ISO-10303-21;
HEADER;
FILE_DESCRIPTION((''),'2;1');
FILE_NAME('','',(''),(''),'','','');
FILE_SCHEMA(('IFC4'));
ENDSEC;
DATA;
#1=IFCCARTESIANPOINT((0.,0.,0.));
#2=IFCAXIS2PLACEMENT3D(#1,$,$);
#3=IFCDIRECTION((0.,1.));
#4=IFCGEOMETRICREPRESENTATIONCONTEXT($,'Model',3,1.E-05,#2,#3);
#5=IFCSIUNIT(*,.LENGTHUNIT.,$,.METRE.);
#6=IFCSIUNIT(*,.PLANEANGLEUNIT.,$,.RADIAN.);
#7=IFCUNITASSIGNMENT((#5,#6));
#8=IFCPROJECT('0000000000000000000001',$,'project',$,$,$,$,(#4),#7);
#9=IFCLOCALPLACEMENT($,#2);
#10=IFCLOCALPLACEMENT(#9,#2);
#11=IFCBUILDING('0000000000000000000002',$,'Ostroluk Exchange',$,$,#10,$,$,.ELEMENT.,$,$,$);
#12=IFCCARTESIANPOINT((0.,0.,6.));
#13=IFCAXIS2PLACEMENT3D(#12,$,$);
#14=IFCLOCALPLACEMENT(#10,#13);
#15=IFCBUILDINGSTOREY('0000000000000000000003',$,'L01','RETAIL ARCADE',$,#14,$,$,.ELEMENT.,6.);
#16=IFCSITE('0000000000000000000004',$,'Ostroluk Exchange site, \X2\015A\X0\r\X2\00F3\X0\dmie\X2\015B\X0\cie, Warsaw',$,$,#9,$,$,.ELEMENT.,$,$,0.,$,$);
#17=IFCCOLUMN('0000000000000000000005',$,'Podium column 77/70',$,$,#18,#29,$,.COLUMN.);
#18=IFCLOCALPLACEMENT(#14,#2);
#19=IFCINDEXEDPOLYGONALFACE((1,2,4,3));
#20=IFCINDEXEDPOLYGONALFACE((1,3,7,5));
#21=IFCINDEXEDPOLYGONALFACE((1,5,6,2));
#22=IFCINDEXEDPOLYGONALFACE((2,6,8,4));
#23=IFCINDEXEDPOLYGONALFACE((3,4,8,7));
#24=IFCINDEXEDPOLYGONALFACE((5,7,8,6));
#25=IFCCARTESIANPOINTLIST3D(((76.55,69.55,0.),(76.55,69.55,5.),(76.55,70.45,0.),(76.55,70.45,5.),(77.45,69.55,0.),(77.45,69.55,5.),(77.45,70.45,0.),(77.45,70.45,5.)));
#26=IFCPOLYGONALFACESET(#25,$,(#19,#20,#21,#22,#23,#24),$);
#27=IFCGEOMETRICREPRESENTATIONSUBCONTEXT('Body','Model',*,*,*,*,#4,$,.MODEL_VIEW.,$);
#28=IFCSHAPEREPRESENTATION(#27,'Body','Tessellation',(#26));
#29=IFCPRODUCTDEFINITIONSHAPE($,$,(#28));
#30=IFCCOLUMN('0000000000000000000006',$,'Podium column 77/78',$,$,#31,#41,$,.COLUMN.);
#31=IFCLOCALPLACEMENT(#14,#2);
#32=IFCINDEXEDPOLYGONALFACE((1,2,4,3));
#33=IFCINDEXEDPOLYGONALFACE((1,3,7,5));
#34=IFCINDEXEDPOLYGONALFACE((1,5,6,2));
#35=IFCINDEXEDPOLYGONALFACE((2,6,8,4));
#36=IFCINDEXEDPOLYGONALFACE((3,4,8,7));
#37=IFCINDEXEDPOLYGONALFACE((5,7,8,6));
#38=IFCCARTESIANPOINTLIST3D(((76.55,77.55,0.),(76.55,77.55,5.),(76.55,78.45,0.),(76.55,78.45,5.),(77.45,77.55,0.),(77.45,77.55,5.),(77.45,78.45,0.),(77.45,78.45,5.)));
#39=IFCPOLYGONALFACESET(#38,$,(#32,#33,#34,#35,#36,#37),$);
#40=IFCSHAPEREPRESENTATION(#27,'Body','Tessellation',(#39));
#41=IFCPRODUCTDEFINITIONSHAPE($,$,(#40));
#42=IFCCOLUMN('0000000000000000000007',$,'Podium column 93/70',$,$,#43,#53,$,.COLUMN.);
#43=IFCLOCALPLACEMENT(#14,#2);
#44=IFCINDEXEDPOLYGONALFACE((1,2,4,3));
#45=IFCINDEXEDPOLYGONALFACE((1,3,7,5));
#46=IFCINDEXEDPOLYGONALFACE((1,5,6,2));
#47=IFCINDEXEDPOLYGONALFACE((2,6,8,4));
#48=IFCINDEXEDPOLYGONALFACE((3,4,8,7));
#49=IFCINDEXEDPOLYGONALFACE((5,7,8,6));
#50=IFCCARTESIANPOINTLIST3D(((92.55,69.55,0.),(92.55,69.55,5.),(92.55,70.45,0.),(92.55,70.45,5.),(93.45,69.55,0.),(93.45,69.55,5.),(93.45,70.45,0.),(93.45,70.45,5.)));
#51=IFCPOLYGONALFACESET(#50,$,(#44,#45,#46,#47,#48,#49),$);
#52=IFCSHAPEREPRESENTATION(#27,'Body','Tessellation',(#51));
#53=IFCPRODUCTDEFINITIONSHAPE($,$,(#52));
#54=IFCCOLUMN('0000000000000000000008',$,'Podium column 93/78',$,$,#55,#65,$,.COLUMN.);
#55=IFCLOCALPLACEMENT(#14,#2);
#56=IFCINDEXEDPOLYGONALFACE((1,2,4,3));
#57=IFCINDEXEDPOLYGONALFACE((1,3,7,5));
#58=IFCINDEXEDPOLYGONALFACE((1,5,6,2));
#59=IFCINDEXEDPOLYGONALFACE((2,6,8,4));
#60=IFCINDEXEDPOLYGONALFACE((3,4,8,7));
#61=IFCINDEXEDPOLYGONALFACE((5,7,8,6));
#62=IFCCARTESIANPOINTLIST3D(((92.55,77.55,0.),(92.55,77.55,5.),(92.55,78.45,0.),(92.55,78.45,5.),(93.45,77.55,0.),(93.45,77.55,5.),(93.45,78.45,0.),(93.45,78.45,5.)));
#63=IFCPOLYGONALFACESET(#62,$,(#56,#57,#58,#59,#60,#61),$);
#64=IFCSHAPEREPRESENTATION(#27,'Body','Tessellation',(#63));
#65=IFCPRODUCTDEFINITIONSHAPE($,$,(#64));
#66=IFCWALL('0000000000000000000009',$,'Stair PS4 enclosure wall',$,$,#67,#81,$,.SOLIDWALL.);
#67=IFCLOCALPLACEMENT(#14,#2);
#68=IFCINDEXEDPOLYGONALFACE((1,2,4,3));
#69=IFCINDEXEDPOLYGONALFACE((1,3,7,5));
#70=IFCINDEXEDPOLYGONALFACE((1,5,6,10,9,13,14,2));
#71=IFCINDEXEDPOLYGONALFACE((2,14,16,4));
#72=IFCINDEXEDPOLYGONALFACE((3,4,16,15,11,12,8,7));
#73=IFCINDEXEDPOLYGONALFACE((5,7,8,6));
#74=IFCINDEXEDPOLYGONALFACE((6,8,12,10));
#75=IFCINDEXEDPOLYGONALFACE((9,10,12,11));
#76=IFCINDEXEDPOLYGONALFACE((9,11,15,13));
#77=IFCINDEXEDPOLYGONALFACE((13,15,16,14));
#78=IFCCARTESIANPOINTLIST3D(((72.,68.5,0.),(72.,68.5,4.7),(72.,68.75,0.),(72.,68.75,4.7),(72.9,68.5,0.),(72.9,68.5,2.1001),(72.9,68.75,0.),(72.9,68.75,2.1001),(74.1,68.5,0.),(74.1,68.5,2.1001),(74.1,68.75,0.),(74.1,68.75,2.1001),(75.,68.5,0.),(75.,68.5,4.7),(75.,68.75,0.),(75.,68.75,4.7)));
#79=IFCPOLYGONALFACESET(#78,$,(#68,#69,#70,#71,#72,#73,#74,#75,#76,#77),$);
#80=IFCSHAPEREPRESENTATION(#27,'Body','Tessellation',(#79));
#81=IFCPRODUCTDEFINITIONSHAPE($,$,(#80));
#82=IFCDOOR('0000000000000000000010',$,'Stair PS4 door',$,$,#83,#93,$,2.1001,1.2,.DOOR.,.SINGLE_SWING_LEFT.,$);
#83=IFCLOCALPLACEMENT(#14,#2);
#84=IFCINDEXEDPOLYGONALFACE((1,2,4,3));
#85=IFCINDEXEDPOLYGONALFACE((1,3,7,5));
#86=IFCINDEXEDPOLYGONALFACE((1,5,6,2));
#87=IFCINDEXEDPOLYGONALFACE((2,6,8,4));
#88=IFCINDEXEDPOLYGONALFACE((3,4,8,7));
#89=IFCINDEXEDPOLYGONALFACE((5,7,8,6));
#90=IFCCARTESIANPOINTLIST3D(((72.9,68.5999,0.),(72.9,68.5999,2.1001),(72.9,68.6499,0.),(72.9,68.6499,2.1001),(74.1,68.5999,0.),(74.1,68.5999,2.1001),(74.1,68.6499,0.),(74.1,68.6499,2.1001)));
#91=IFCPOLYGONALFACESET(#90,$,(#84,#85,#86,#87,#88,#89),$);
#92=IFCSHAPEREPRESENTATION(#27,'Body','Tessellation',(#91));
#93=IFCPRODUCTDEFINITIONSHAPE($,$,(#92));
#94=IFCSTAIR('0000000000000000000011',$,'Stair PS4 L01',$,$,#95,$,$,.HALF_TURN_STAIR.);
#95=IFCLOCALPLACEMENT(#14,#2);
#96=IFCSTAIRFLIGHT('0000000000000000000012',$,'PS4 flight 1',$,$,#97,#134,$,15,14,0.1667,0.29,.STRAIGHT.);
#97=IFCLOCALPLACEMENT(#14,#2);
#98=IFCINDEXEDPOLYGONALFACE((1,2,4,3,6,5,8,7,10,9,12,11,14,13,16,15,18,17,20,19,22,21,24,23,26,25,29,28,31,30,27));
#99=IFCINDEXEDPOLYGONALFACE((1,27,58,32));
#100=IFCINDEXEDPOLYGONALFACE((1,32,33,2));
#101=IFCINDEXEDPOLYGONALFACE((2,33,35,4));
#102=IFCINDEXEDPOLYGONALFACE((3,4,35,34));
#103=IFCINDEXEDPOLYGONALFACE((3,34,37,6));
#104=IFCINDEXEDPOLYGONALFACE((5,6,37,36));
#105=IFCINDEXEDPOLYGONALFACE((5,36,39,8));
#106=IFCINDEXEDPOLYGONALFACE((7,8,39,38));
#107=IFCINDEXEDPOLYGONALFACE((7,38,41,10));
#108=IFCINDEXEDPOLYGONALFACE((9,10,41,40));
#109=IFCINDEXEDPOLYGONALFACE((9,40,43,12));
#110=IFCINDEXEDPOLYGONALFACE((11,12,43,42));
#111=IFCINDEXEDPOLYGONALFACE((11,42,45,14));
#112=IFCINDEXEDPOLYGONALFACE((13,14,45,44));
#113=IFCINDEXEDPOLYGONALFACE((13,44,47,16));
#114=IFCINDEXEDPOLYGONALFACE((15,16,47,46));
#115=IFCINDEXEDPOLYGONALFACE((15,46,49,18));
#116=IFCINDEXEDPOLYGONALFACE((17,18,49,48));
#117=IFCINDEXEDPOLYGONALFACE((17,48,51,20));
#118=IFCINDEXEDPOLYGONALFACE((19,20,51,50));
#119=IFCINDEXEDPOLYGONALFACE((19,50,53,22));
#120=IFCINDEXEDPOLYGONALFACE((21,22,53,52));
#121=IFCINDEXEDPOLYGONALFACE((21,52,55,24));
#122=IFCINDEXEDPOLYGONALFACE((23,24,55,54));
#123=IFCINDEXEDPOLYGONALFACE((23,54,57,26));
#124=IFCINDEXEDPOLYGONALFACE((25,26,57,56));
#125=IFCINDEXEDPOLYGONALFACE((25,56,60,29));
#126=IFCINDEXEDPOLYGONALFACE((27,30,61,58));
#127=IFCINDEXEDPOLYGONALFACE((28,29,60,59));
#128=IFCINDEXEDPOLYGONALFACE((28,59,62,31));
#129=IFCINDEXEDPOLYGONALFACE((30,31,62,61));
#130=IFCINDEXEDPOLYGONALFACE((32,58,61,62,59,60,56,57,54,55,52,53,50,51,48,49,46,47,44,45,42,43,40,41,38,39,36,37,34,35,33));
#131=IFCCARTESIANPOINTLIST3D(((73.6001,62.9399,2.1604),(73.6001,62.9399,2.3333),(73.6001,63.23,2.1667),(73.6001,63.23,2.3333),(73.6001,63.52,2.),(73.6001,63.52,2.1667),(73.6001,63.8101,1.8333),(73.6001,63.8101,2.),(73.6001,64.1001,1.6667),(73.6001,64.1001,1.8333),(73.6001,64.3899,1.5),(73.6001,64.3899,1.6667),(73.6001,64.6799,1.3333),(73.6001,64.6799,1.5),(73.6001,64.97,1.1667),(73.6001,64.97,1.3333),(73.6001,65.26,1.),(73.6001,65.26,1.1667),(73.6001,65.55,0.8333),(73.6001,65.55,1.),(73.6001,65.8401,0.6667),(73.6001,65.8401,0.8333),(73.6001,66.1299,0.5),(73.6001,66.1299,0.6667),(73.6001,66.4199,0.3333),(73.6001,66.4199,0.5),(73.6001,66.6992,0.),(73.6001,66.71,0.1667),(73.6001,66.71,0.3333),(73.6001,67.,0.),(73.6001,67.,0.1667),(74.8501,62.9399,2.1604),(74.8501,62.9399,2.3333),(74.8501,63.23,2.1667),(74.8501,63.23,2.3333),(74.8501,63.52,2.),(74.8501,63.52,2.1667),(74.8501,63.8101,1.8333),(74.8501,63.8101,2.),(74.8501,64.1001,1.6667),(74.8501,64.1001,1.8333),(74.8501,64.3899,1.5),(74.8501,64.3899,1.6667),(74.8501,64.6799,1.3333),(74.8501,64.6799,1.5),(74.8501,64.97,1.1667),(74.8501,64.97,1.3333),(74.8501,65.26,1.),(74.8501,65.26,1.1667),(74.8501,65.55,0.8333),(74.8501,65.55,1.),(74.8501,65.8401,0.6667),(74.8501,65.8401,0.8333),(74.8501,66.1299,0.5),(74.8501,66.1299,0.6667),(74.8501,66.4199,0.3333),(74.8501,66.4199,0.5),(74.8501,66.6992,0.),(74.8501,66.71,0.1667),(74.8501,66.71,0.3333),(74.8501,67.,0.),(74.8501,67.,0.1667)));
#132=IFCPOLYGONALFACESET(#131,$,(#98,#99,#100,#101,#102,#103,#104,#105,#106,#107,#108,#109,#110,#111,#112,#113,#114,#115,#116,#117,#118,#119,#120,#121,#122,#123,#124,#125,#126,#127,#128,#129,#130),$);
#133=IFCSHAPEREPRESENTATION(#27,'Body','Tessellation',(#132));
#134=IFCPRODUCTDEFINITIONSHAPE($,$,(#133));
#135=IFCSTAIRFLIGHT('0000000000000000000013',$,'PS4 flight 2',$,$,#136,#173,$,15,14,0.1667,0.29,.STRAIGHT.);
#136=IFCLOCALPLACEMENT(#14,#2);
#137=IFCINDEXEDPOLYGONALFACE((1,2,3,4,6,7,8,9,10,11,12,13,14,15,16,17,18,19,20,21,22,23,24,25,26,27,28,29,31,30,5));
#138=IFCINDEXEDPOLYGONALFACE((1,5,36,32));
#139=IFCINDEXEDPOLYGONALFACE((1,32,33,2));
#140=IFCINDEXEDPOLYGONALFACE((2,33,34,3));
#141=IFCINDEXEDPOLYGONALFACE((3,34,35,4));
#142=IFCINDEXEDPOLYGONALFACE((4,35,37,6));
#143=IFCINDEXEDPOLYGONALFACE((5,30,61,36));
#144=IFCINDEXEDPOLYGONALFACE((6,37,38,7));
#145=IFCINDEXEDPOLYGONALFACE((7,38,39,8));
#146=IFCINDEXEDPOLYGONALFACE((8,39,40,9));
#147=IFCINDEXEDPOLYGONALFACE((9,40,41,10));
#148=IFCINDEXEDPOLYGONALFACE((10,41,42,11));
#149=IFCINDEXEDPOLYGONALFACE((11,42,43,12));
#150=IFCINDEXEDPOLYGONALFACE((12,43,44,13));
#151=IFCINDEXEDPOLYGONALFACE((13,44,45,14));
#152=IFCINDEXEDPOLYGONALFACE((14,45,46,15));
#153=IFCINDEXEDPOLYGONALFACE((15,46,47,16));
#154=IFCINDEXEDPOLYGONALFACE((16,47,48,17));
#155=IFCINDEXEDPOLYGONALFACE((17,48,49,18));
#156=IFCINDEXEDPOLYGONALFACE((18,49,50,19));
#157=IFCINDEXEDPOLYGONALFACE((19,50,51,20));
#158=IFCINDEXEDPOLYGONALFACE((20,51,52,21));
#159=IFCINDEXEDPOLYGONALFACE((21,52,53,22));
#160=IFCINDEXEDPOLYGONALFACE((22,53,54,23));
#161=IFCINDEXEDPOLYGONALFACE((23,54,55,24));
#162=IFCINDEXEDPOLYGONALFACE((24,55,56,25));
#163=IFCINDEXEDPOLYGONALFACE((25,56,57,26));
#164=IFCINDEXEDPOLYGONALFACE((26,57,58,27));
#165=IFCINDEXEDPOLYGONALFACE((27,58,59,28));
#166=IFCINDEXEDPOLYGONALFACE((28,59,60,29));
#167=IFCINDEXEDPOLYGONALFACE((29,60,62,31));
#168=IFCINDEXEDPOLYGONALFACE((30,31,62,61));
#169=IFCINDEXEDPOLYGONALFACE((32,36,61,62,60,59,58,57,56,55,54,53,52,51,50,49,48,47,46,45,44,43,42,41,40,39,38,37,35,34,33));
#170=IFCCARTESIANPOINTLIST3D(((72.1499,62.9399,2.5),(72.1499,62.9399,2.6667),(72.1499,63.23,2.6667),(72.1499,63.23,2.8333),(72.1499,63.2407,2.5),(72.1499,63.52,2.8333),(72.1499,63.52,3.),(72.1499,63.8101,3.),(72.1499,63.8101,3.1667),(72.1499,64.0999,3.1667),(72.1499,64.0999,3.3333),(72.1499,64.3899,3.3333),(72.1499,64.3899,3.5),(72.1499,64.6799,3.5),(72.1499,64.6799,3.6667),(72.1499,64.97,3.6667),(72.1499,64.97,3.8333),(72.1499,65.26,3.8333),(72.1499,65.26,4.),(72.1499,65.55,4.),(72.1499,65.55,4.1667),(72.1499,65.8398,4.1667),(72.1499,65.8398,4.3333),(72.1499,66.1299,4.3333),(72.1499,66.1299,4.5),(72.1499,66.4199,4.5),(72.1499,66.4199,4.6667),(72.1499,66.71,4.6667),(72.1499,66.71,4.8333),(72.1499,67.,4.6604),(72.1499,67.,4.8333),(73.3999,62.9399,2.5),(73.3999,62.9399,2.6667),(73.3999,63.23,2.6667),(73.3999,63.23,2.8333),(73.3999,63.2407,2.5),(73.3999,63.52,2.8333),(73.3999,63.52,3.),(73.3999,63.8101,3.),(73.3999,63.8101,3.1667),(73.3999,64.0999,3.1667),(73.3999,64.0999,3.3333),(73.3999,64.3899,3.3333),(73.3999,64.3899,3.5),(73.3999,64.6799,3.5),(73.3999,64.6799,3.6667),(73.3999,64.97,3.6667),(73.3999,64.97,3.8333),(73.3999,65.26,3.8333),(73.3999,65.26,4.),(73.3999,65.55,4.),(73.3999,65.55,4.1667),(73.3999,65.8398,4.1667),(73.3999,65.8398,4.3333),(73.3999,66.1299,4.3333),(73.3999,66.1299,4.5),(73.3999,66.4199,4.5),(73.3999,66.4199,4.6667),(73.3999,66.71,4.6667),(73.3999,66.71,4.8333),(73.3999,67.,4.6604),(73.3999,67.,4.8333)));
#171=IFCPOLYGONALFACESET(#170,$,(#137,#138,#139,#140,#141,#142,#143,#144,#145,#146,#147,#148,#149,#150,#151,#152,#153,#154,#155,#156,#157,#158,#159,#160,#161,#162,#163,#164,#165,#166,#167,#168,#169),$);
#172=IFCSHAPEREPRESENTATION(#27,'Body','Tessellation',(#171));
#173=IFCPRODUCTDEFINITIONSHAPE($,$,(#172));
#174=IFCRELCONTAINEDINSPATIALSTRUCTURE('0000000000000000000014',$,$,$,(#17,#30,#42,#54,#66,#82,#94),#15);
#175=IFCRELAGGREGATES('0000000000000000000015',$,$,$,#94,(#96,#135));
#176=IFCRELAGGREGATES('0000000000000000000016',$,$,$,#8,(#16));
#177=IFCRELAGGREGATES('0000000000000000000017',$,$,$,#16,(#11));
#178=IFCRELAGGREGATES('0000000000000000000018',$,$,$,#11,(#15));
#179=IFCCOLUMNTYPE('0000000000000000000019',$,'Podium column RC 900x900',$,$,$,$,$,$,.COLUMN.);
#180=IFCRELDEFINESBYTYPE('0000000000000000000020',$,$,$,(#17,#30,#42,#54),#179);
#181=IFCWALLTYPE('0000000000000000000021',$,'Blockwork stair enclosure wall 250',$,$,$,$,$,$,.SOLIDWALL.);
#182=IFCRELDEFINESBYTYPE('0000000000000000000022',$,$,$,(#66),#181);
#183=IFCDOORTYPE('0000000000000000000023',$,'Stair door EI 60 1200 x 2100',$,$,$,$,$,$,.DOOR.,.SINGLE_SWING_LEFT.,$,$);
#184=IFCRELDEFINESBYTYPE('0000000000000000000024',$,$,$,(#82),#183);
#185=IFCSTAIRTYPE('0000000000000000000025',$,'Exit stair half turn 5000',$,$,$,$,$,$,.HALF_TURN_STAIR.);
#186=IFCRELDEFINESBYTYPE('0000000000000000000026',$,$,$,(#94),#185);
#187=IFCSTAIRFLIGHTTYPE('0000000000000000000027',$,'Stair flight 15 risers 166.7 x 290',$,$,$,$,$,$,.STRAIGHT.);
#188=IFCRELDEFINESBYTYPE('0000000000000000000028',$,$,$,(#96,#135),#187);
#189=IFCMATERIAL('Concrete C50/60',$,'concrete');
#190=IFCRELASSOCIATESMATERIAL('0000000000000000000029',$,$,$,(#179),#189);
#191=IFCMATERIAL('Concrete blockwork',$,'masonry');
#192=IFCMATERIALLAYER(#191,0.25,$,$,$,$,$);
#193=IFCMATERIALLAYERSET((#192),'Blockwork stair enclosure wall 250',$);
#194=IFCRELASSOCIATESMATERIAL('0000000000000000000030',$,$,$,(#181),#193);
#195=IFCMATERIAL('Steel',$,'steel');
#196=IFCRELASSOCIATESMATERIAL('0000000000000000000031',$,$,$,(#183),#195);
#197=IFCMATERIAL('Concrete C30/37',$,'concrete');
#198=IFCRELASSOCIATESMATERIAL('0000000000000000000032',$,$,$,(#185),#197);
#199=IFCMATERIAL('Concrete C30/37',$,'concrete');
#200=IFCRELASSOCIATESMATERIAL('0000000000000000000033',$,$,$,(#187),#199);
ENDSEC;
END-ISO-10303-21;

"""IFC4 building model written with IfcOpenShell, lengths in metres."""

from ifc_helpers import new_model, si_unit, direction, frame, frame_2d, origin, origin_2d, place, context, subcontext, project, spatial, polyline, rectangle, outline, extrude, material, layer, layer_set, material_profile, profile_set, type_object, element, fill, aggregate, save


model = new_model("IFC4")

# Units and contexts
model_context = context("Model", 3, precision=1e-05, world=origin(), true_north=direction((0.0, 1.0)))
body_context = subcontext(model_context, "Body", "Model", "MODEL_VIEW")
ifc_project = project(units=[si_unit("LENGTHUNIT", "METRE"), si_unit("PLANEANGLEUNIT", "RADIAN")], contexts=[model_context])

# Site, building, storey
site_placement = place(None, origin())
site = spatial("IfcSite", under=ifc_project, at=site_placement, Name="Ostroluk Exchange site, Śródmieście, Warsaw", CompositionType="ELEMENT", RefElevation=0.0)
building_placement = place(site_placement, origin())
building = spatial("IfcBuilding", under=site, at=building_placement, Name="Ostroluk Exchange", CompositionType="ELEMENT")
storey_placement = place(building_placement, frame((0.0, 0.0, 6.0)))
storey = spatial("IfcBuildingStorey", under=building, at=storey_placement, Name="L01", Description="RETAIL ARCADE", CompositionType="ELEMENT", Elevation=6.0)

# Columns
ifc_material_1 = material(Name="Concrete C50/60", Category="concrete")
ifc_material_profile = material_profile(ifc_material_1, rectangle(XDim=0.8999, YDim=0.8999, at=origin_2d()), Name="RC 900x900")
ifc_profile_set = profile_set([ifc_material_profile], Name="Concrete C50/60")
column_type = type_object("IfcColumnType", Name="Podium column RC 900x900", PredefinedType="COLUMN", material=ifc_profile_set)
for number, where, z_axis, x_axis, name in (
    (1, (77.0, 70.0, 0.0), (0.0, 0.0, 1.0), (1.0, 0.0, 0.0), "Podium column 77/70"),
    (2, (77.0, 78.0, 0.0), (0.0, 0.0, 1.0), (1.0, 0.0, 0.0), "Podium column 77/78"),
    (3, (93.0, 70.0, 0.0), (0.0, 0.0, 1.0), (1.0, 0.0, 0.0), "Podium column 93/70"),
    (4, (93.0, 78.0, 0.0), (0.0, 0.0, 1.0), (1.0, 0.0, 0.0), "Podium column 93/78"),
):
    element("IfcColumn", number, at=place(storey_placement, frame(where, z_axis=z_axis, x_axis=x_axis)), inside=storey, type_object=column_type, Name=name, PredefinedType="COLUMN", context=body_context, shape_type="SweptSolid", body=[
        extrude(rectangle(XDim=0.8999, YDim=0.8999, at=origin_2d()), origin(), (0.0, 0.0, 1.0), 5.0),
    ])

# Wall, opening, door
ifc_material_2 = material(Name="Concrete blockwork", Category="masonry")
ifc_layer_1 = layer(ifc_material_2, 0.25)
ifc_layer_set_1 = layer_set([ifc_layer_1], Name="Blockwork stair enclosure wall 250")
wall_type_1 = type_object("IfcWallType", Name="Blockwork stair enclosure wall 250", PredefinedType="SOLIDWALL", material=ifc_layer_set_1)
wall_1_placement = place(storey_placement, frame((72.0, 68.625, 0.0), z_axis=(0.0, 0.0, 1.0), x_axis=(1.0, 0.0, 0.0)))
wall_1 = element("IfcWall", 5, at=wall_1_placement, inside=storey, type_object=wall_type_1, Name="Stair PS4 enclosure wall", PredefinedType="SOLIDWALL", context=body_context, shape_type="SweptSolid", body=[
    extrude(rectangle(XDim=3.0, YDim=0.25, at=frame_2d((1.5, 0.0))), origin(), (0.0, 0.0, 1.0), 4.7),
])
opening_1_placement = place(wall_1_placement, frame((0.8999, 0.0, 0.0)))
opening_1 = element("IfcOpeningElement", 6, at=opening_1_placement, cuts=wall_1, PredefinedType="OPENING", context=body_context, shape_type="SweptSolid", body=[
    extrude(rectangle(XDim=1.2, YDim=2.1001, at=frame_2d((0.6001, 1.05))), frame((0.0, 0.135, 0.0), z_axis=(0.0, -1.0, 0.0), x_axis=(1.0, 0.0, 0.0)), (0.0, 0.0, 1.0), 0.27),
])
ifc_material_3 = material(Name="Steel", Category="steel")
door_type_1 = type_object("IfcDoorType", Name="Stair door EI 60 1200 x 2100", OperationType="SINGLE_SWING_LEFT", PredefinedType="DOOR", material=ifc_material_3)
door_1_placement = place(opening_1_placement, origin())
door_1 = element("IfcDoor", 7, at=door_1_placement, inside=storey, type_object=door_type_1, Name="Stair PS4 door", OperationType="SINGLE_SWING_LEFT", OverallHeight=2.1001, OverallWidth=1.2, PredefinedType="DOOR", context=body_context, shape_type="SweptSolid", body=[
    extrude(rectangle(XDim=1.2, YDim=2.1001, at=frame_2d((0.6001, 1.05))), frame((0.0, 0.0249, 0.0), z_axis=(0.0, -1.0, 0.0), x_axis=(1.0, 0.0, 0.0)), (0.0, 0.0, 1.0), 0.05),
])
fill(opening_1, door_1)

# Stair, stair flights
ifc_material_4 = material(Name="Concrete C30/37", Category="concrete")
stair_type = type_object("IfcStairType", Name="Exit stair half turn 5000", PredefinedType="HALF_TURN_STAIR", material=ifc_material_4)
stair_placement = place(storey_placement, origin())
stair = element("IfcStair", 8, at=stair_placement, inside=storey, type_object=stair_type, Name="Stair PS4 L01", PredefinedType="HALF_TURN_STAIR")
ifc_material_5 = material(Name="Concrete C30/37", Category="concrete")
stair_flight_type = type_object("IfcStairFlightType", Name="Stair flight 15 risers 166.7 x 290", PredefinedType="STRAIGHT", material=ifc_material_5)
stair_flight_1_placement = place(storey_placement, frame((74.2251, 67.0, 0.0), z_axis=(0.0, 0.0, 1.0), x_axis=(0.0, -1.0, 0.0)))
stair_flight_1 = element("IfcStairFlight", 9, at=stair_flight_1_placement, type_object=stair_flight_type, Name="PS4 flight 1", NumberOfRisers=15, NumberOfTreads=14, PredefinedType="STRAIGHT", RiserHeight=0.1667, TreadLength=0.29, context=body_context, shape_type="SweptSolid", body=[
    extrude(outline(polyline([(0.0, 0.0), (0.0, 0.1667), (0.29, 0.1667), (0.29, 0.3333), (0.5801, 0.3333), (0.5801, 0.5), (0.8701, 0.5), (0.8701, 0.6667), (1.1599, 0.6667), (1.1599, 0.8333), (1.45, 0.8333), (1.45, 1.0), (1.74, 1.0), (1.74, 1.1667), (2.03, 1.1667), (2.03, 1.3333), (2.3201, 1.3333), (2.3201, 1.5), (2.6101, 1.5), (2.6101, 1.6667), (2.8999, 1.6667), (2.8999, 1.8333), (3.1899, 1.8333), (3.1899, 2.0), (3.48, 2.0), (3.48, 2.1667), (3.77, 2.1667), (3.77, 2.3333), (4.0601, 2.3333), (4.0601, 2.5), (4.0601, 2.1604), (0.3008, 0.0), (0.0, 0.0)])), frame((0.0, 0.625, 0.0), z_axis=(0.0, -1.0, 0.0), x_axis=(1.0, 0.0, 0.0)), (0.0, 0.0, 1.0), 1.25),
])
stair_flight_2_placement = place(storey_placement, frame((72.7749, 62.9399, 2.5), z_axis=(0.0, 0.0, 1.0), x_axis=(0.0, 1.0, 0.0)))
stair_flight_2 = element("IfcStairFlight", 10, at=stair_flight_2_placement, type_object=stair_flight_type, Name="PS4 flight 2", NumberOfRisers=15, NumberOfTreads=14, PredefinedType="STRAIGHT", RiserHeight=0.1667, TreadLength=0.29, context=body_context, shape_type="SweptSolid", body=[
    extrude(outline(polyline([(0.0, 0.0), (0.0, 0.1667), (0.29, 0.1667), (0.29, 0.3333), (0.5801, 0.3333), (0.5801, 0.5), (0.8701, 0.5), (0.8701, 0.6667), (1.1599, 0.6667), (1.1599, 0.8333), (1.45, 0.8333), (1.45, 1.0), (1.74, 1.0), (1.74, 1.1667), (2.03, 1.1667), (2.03, 1.3333), (2.3201, 1.3333), (2.3201, 1.5), (2.6101, 1.5), (2.6101, 1.6667), (2.8999, 1.6667), (2.8999, 1.8333), (3.1899, 1.8333), (3.1899, 2.0), (3.48, 2.0), (3.48, 2.1667), (3.77, 2.1667), (3.77, 2.3333), (4.0601, 2.3333), (4.0601, 2.5), (4.0601, 2.1604), (0.3008, 0.0), (0.0, 0.0)])), frame((0.0, 0.625, 0.0), z_axis=(0.0, -1.0, 0.0), x_axis=(1.0, 0.0, 0.0)), (0.0, 0.0, 1.0), 1.25),
])
aggregate(stair, [stair_flight_1, stair_flight_2])

save(model, "model.ifc")
